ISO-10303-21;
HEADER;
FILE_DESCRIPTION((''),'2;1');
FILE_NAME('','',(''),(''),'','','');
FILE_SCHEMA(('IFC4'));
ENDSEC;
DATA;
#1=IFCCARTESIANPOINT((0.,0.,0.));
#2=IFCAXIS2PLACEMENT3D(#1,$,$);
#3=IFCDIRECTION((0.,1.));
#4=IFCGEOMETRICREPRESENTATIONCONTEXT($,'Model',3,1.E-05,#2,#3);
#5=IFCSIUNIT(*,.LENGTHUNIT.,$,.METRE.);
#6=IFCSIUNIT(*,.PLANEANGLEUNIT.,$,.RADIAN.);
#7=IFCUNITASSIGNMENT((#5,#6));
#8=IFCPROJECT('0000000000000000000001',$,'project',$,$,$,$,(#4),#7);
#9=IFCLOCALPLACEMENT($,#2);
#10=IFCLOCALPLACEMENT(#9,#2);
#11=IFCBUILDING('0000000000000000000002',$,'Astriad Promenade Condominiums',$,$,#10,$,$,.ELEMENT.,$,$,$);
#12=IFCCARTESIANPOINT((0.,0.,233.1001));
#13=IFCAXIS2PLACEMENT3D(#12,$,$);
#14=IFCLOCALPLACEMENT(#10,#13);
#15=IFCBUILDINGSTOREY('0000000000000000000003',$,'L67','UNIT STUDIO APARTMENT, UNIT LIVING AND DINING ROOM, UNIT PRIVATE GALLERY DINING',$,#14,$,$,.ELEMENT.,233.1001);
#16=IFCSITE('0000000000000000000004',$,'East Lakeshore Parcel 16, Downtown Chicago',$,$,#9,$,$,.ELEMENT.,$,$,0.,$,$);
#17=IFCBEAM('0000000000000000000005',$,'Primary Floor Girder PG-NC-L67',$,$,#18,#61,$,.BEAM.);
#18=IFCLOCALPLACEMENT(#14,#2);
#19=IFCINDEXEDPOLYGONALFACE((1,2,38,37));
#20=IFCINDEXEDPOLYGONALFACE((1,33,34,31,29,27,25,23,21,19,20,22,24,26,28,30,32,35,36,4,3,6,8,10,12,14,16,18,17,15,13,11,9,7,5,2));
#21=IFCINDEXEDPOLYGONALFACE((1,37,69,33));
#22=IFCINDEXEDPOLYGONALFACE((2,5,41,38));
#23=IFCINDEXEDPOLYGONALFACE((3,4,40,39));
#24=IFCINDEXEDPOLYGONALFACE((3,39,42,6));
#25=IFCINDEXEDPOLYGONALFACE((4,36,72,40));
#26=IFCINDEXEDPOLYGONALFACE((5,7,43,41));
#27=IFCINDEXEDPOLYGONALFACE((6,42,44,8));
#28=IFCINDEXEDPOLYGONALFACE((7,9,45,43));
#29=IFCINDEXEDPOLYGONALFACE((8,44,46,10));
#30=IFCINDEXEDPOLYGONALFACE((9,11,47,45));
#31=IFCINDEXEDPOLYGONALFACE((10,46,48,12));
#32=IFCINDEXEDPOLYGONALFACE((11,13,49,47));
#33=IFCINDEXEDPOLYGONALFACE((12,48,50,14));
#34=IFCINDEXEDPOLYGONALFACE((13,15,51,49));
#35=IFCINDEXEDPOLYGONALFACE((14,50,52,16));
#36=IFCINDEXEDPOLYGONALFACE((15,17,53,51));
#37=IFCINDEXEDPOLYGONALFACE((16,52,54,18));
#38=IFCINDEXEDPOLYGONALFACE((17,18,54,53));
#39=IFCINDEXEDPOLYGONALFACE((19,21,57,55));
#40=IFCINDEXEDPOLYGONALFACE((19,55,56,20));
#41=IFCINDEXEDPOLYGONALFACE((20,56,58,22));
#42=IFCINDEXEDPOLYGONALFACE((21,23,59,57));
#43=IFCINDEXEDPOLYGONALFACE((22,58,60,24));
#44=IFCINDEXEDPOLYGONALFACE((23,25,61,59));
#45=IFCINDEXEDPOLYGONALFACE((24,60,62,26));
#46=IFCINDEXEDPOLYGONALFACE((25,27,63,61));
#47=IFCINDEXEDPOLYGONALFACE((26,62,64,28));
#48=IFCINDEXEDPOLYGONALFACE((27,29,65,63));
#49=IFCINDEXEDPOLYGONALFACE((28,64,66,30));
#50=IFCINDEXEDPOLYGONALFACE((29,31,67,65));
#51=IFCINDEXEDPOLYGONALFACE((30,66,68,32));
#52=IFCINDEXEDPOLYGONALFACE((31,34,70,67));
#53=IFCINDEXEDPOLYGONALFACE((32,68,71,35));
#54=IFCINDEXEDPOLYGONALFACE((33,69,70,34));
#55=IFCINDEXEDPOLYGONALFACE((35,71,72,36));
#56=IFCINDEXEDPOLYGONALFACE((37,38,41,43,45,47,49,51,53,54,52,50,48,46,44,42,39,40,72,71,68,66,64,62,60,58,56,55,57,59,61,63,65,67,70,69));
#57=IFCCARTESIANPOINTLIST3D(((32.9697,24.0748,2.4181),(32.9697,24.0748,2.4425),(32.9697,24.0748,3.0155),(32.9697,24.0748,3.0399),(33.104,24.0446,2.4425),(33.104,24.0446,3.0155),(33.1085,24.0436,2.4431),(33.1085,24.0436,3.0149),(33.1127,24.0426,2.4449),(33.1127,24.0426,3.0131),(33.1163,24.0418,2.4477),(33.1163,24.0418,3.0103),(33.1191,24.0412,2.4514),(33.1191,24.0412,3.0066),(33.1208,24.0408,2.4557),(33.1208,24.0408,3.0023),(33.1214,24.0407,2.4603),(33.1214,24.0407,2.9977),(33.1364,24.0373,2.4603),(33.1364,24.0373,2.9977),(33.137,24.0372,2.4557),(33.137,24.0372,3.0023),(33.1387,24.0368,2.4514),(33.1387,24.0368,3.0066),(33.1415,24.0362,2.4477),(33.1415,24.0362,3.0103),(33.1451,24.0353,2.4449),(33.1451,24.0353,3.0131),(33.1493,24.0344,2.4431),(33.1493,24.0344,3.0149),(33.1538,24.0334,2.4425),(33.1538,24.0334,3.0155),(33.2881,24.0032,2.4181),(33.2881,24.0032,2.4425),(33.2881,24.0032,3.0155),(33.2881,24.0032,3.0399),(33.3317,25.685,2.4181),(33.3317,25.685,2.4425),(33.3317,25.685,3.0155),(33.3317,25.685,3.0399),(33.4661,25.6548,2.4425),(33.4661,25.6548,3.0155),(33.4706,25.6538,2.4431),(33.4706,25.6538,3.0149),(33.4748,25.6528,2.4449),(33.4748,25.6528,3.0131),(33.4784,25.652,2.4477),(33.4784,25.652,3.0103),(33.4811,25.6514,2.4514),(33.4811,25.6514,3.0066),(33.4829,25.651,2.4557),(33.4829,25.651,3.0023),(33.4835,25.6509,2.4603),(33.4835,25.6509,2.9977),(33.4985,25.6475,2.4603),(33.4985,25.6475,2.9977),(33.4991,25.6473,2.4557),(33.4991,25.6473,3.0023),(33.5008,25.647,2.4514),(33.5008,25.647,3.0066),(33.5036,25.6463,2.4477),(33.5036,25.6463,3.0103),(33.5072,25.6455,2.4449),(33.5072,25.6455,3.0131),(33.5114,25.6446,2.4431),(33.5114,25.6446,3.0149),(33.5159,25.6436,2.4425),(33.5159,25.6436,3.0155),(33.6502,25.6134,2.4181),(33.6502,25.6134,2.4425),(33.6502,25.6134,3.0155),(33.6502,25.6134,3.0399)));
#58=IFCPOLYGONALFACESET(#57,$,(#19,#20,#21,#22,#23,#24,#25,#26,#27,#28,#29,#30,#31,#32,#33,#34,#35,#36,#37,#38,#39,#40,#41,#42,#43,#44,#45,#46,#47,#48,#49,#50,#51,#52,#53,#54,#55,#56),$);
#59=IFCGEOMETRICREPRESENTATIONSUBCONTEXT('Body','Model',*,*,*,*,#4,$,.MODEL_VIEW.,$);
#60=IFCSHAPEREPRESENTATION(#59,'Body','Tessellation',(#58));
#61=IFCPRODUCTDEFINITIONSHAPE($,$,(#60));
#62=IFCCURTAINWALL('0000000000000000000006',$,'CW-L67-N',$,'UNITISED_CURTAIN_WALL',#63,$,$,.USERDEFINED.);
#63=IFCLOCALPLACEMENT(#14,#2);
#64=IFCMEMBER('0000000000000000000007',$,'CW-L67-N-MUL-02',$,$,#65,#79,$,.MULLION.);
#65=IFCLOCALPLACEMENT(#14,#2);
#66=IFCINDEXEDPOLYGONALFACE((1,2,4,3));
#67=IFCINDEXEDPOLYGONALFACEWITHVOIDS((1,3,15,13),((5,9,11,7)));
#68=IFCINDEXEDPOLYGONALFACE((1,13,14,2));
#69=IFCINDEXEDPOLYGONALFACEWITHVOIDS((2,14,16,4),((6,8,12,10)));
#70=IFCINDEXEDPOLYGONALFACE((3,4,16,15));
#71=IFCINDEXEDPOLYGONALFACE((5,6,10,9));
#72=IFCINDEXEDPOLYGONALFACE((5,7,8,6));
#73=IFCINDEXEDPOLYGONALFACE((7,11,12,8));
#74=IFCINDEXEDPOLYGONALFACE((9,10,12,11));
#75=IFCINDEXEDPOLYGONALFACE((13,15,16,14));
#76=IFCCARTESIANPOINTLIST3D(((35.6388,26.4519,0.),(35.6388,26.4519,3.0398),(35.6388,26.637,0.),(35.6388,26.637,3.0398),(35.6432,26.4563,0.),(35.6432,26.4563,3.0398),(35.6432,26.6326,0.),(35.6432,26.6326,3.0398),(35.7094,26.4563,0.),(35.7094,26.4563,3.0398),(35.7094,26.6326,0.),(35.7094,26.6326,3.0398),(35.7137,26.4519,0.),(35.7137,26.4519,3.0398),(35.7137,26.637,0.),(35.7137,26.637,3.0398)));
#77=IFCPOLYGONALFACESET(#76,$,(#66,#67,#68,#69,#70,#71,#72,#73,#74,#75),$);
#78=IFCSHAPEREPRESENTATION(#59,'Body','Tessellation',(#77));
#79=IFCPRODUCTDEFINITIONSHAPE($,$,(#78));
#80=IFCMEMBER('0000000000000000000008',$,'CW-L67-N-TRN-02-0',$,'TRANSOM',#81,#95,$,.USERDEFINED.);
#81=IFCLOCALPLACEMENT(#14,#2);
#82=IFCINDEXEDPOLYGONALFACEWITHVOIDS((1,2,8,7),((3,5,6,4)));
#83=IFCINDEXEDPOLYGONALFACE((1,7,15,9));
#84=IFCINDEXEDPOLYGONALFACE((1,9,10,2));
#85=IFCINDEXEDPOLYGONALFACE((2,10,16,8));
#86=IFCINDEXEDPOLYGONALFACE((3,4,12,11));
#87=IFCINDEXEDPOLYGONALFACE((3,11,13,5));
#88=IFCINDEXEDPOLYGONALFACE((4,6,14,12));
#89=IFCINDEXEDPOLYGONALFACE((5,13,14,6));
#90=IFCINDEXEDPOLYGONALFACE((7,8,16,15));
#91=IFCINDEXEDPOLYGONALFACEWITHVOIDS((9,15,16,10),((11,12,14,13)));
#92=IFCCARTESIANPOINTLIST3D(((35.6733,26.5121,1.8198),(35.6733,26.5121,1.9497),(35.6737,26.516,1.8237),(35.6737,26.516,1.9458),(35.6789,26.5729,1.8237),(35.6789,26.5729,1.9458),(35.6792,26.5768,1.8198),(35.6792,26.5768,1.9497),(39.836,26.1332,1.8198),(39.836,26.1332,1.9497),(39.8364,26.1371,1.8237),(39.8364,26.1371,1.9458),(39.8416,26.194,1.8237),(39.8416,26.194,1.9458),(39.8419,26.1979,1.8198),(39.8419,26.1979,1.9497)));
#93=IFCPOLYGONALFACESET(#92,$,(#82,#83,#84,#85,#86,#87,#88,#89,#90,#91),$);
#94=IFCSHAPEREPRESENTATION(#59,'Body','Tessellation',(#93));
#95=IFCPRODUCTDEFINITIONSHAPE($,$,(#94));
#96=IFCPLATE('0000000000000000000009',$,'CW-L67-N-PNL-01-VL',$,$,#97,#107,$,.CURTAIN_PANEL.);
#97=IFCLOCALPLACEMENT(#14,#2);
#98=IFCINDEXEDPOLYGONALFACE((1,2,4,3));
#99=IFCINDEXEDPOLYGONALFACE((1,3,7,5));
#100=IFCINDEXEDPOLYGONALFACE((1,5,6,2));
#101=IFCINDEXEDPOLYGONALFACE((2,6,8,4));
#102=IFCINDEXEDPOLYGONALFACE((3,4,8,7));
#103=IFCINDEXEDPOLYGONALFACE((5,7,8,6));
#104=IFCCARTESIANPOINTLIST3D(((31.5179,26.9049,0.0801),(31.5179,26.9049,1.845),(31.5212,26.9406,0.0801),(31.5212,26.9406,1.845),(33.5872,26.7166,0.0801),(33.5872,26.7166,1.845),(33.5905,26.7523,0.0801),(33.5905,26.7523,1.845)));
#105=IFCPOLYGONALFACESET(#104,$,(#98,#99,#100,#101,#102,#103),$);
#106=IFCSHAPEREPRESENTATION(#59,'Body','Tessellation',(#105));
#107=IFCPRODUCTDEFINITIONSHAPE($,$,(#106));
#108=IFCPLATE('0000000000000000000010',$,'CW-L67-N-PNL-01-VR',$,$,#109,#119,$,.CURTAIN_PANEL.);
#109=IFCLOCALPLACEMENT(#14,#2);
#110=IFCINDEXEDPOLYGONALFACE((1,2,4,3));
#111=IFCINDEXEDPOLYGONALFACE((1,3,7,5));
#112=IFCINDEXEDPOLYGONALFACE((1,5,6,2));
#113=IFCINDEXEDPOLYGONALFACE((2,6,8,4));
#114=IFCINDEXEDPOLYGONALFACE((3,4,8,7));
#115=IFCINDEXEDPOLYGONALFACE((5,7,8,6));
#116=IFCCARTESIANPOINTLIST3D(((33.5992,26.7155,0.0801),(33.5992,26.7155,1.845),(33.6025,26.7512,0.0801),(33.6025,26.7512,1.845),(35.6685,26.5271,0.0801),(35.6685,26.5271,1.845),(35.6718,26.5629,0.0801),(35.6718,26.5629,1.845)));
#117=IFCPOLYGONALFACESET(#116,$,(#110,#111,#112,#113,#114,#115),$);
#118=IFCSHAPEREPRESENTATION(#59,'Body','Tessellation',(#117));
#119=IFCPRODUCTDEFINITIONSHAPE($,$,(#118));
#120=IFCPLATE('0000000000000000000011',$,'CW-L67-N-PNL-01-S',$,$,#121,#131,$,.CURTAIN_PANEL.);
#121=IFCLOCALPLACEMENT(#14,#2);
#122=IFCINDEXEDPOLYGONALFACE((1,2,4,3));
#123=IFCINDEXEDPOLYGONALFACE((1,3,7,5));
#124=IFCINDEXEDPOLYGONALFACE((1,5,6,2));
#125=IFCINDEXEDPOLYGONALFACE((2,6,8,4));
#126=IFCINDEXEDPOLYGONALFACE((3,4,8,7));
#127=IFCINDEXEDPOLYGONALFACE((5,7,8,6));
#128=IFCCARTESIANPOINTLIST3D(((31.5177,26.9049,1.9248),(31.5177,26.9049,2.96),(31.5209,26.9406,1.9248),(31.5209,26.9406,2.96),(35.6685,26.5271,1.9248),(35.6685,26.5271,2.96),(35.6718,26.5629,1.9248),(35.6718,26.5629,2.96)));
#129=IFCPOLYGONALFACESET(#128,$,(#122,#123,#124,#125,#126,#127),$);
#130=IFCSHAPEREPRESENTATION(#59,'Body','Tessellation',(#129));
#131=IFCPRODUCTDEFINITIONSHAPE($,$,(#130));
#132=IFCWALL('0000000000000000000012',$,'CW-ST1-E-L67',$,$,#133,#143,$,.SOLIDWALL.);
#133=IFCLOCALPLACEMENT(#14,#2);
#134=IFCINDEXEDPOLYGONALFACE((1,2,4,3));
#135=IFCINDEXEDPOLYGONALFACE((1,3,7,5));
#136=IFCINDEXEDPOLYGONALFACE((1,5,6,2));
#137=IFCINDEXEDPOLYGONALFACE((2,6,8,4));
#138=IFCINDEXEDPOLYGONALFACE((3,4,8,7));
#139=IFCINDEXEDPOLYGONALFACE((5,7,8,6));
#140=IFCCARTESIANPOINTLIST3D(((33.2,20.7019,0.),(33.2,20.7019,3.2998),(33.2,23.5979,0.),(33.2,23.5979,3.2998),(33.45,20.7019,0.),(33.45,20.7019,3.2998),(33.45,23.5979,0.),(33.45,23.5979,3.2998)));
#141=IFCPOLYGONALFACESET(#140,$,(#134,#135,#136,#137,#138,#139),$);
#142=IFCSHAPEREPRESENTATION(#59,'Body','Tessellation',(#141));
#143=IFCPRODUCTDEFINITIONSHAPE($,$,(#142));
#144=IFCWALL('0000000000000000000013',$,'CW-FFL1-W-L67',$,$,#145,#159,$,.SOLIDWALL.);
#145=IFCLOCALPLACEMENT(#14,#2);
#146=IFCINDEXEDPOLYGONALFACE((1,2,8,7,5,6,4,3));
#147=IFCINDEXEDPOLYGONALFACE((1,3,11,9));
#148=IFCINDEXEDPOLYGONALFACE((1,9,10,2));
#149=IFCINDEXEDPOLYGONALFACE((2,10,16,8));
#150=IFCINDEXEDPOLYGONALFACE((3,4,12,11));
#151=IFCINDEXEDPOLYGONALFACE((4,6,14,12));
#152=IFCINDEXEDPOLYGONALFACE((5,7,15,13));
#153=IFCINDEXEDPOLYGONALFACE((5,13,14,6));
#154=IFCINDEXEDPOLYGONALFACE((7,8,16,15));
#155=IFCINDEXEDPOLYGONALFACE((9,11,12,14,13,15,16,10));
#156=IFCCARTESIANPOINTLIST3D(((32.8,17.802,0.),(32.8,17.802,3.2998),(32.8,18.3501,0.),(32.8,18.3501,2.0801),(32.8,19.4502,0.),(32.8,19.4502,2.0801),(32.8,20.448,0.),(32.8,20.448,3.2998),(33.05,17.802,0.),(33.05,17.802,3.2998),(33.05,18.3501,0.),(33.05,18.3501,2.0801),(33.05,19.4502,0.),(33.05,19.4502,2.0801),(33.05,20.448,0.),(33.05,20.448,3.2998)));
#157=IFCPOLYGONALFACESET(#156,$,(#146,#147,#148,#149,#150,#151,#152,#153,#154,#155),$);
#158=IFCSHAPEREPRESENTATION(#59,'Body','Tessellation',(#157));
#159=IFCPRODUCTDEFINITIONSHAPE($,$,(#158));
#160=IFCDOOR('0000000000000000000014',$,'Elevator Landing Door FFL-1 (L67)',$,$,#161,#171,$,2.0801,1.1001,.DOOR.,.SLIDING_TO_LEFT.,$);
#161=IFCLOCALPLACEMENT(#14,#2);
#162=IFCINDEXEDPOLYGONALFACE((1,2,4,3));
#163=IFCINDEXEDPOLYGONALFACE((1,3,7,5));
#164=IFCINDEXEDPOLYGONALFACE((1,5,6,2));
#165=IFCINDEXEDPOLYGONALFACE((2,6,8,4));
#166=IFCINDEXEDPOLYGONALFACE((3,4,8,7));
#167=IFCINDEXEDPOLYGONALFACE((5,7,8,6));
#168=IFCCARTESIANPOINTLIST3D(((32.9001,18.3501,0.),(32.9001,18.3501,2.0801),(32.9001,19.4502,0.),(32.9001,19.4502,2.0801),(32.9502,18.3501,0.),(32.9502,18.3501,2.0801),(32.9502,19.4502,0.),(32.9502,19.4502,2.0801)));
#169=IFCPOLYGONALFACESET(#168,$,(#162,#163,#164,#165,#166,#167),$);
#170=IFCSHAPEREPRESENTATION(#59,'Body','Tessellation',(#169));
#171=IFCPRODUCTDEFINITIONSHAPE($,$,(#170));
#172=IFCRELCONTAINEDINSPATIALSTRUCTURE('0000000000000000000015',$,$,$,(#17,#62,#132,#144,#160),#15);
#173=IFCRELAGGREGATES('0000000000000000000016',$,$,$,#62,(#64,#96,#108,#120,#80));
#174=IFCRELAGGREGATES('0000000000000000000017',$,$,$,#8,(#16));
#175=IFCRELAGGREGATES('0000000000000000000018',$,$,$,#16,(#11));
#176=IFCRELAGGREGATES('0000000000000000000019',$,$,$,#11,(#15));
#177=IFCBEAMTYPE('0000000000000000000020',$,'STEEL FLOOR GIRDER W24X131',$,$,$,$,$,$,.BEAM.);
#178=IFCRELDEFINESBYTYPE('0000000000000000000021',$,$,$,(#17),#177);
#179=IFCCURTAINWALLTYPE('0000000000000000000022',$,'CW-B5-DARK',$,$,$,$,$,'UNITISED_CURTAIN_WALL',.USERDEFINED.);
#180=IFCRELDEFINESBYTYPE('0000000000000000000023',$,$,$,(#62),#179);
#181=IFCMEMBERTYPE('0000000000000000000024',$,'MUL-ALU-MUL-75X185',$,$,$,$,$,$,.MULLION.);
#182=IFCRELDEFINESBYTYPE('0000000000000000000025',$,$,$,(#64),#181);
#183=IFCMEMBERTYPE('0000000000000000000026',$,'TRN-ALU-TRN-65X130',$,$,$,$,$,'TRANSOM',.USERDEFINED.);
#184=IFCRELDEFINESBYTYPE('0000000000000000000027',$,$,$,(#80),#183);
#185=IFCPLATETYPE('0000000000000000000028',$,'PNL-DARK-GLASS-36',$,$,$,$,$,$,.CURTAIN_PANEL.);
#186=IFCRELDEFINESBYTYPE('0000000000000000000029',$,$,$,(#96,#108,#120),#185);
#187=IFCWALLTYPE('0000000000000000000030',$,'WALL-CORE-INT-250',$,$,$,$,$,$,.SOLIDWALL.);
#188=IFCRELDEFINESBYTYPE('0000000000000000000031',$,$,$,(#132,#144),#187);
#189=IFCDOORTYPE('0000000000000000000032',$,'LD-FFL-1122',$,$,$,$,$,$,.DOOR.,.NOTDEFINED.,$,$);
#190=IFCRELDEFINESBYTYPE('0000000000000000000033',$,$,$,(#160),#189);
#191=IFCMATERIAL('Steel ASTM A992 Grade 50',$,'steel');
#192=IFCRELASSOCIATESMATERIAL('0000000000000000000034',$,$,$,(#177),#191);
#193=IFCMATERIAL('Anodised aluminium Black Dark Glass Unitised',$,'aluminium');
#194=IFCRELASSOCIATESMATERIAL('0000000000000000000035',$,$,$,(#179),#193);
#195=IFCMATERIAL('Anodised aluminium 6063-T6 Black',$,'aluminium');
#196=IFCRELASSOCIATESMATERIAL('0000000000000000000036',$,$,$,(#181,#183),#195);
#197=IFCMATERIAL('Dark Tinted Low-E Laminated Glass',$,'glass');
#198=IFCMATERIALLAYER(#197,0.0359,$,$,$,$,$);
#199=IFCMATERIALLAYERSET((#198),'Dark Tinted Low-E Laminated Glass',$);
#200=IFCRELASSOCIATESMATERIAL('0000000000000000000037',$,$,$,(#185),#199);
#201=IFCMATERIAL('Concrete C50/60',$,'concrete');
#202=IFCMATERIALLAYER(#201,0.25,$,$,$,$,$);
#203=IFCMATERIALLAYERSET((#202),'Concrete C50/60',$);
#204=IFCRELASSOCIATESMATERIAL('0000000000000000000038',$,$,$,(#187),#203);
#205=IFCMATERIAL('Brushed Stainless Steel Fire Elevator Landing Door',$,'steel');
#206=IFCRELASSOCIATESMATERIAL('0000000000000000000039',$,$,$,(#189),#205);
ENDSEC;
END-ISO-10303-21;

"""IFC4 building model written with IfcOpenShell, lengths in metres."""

from ifc_helpers import new_model, si_unit, direction, frame, frame_2d, origin, origin_2d, place, context, subcontext, project, spatial, rectangle, hollow_rectangle, i_section, extrude, source, transform, mapped, material, layer, layer_set, material_profile, profile_set, type_object, type_shapes, element, fill, aggregate, save


model = new_model("IFC4")

# Units and contexts
model_context = context("Model", 3, precision=1e-05, world=origin(), true_north=direction((0.0, 1.0)))
body_context = subcontext(model_context, "Body", "Model", "MODEL_VIEW")
ifc_project = project(units=[si_unit("LENGTHUNIT", "METRE"), si_unit("PLANEANGLEUNIT", "RADIAN")], contexts=[model_context])

# Site, building, storey
site_placement = place(None, origin())
site = spatial("IfcSite", under=ifc_project, at=site_placement, Name="East Lakeshore Parcel 16, Downtown Chicago", CompositionType="ELEMENT", RefElevation=0.0)
building_placement = place(site_placement, origin())
building = spatial("IfcBuilding", under=site, at=building_placement, Name="Astriad Promenade Condominiums", CompositionType="ELEMENT")
storey_placement = place(building_placement, frame((0.0, 0.0, 233.1001)))
storey = spatial("IfcBuildingStorey", under=building, at=storey_placement, Name="L67", Description="UNIT STUDIO APARTMENT, UNIT LIVING AND DINING ROOM, UNIT PRIVATE GALLERY DINING", CompositionType="ELEMENT", Elevation=233.1001)

# Shared definitions
ifc_material_1 = material(Name="Steel ASTM A992 Grade 50", Category="steel")
ifc_material_2 = material(Name="Concrete C50/60", Category="concrete")

# Beam
ifc_material_profile_1 = material_profile(ifc_material_1, i_section(OverallWidth=0.3264, OverallDepth=0.6218, WebThickness=0.0154, FlangeThickness=0.0244, FilletRadius=0.0178, at=origin_2d()), Name="W24X131")
ifc_profile_set_1 = profile_set([ifc_material_profile_1], Name="Steel ASTM A992 Grade 50")
beam_type_1 = type_object("IfcBeamType", Name="STEEL FLOOR GIRDER W24X131", PredefinedType="BEAM", material=ifc_profile_set_1)
shared_shape_1 = source(origin(), body_context, "Body", "SweptSolid", [
    extrude(i_section(OverallWidth=0.3264, OverallDepth=0.6218, WebThickness=0.0154, FlangeThickness=0.0244, FilletRadius=0.0178, at=origin_2d()), origin(), (0.0, 0.0, 1.0), 1.6504),
])
type_shapes(beam_type_1, [shared_shape_1])
beam_1_placement = place(storey_placement, frame((33.491, 25.6492, 2.729), z_axis=(-0.219389, -0.975637, 0.0), x_axis=(0.975637, -0.219389, 0.0)))
element("IfcBeam", 1, at=beam_1_placement, inside=storey, type_object=beam_type_1, Name="Primary Floor Girder PG-NC-L67", PredefinedType="BEAM", context=body_context, shape_type="MappedRepresentation", body=[
    mapped(shared_shape_1, transform((0.0, 0.0, 0.0), scale=1.0)),
])

# Curtain wall, members, plates
ifc_material_3 = material(Name="Anodised aluminium Black Dark Glass Unitised", Category="aluminium")
curtain_wall_type = type_object("IfcCurtainWallType", Name="CW-B5-DARK", ElementType="UNITISED_CURTAIN_WALL", PredefinedType="USERDEFINED", material=ifc_material_3)
curtain_wall_placement = place(storey_placement, origin())
curtain_wall = element("IfcCurtainWall", 2, at=curtain_wall_placement, inside=storey, type_object=curtain_wall_type, Name="CW-L67-N", ObjectType="UNITISED_CURTAIN_WALL", PredefinedType="USERDEFINED")
ifc_material_4 = material(Name="Anodised aluminium 6063-T6 Black", Category="aluminium")
ifc_material_profile_2 = material_profile(ifc_material_4, hollow_rectangle(XDim=0.075, YDim=0.1851, WallThickness=0.0044, at=origin_2d()), Name="ALU-MUL-75X185")
ifc_profile_set_2 = profile_set([ifc_material_profile_2], Name="Anodised aluminium 6063-T6 Black")
member_type_1 = type_object("IfcMemberType", Name="MUL-ALU-MUL-75X185", PredefinedType="MULLION", material=ifc_profile_set_2)
shared_shape_2 = source(origin(), body_context, "Body", "SweptSolid", [
    extrude(hollow_rectangle(XDim=0.075, YDim=0.1851, WallThickness=0.0044, at=origin_2d()), origin(), (0.0, 0.0, 1.0), 3.0398),
])
type_shapes(member_type_1, [shared_shape_2])
member_1_placement = place(storey_placement, frame((35.6763, 26.5444, 0.0), z_axis=(0.0, 0.0, 1.0), x_axis=(1.0, 0.0, 0.0)))
member_1 = element("IfcMember", 3, at=member_1_placement, type_object=member_type_1, Name="CW-L67-N-MUL-02", PredefinedType="MULLION", context=body_context, shape_type="MappedRepresentation", body=[
    mapped(shared_shape_2, transform((0.0, 0.0, 0.0), scale=1.0)),
])
ifc_material_profile_3 = material_profile(ifc_material_4, hollow_rectangle(XDim=0.0649, YDim=0.1299, WallThickness=0.0039, at=origin_2d()), Name="ALU-TRN-65X130")
ifc_profile_set_3 = profile_set([ifc_material_profile_3], Name="Anodised aluminium 6063-T6 Black")
member_type_2 = type_object("IfcMemberType", Name="TRN-ALU-TRN-65X130", ElementType="TRANSOM", PredefinedType="USERDEFINED", material=ifc_profile_set_3)
shared_shape_3 = source(origin(), body_context, "Body", "SweptSolid", [
    extrude(hollow_rectangle(XDim=0.0649, YDim=0.1299, WallThickness=0.0039, at=origin_2d()), origin(), (0.0, 0.0, 1.0), 4.1799),
])
type_shapes(member_type_2, [shared_shape_3])
member_2_placement = place(storey_placement, frame((35.6763, 26.5444, 1.8848), z_axis=(0.995883, -0.090646, 0.0), x_axis=(0.090646, 0.995883, 0.0)))
member_2 = element("IfcMember", 4, at=member_2_placement, type_object=member_type_2, Name="CW-L67-N-TRN-02-0", ObjectType="TRANSOM", PredefinedType="USERDEFINED", context=body_context, shape_type="MappedRepresentation", body=[
    mapped(shared_shape_3, transform((0.0, 0.0, 0.0), scale=1.0)),
])
ifc_material_5 = material(Name="Dark Tinted Low-E Laminated Glass", Category="glass")
ifc_layer_1 = layer(ifc_material_5, 0.0359)
ifc_layer_set_1 = layer_set([ifc_layer_1], Name="Dark Tinted Low-E Laminated Glass")
plate_type = type_object("IfcPlateType", Name="PNL-DARK-GLASS-36", PredefinedType="CURTAIN_PANEL", material=ifc_layer_set_1)
shared_shape_4 = source(origin(), body_context, "Body", "SweptSolid", [
    extrude(rectangle(XDim=2.0779, YDim=0.0359, at=origin_2d()), origin(), (0.0, 0.0, 1.0), 1.7649),
])
plate_1_placement = place(storey_placement, frame((32.5542, 26.8286, 0.0801), z_axis=(0.0, 0.0, 1.0), x_axis=(0.995884, -0.090633, 0.0)))
plate_1 = element("IfcPlate", 5, at=plate_1_placement, type_object=plate_type, Name="CW-L67-N-PNL-01-VL", PredefinedType="CURTAIN_PANEL", context=body_context, shape_type="MappedRepresentation", body=[
    mapped(shared_shape_4, transform((0.0, 0.0, 0.0), scale=1.0)),
])
plate_2_placement = place(storey_placement, frame((34.6355, 26.6392, 0.0801), z_axis=(0.0, 0.0, 1.0), x_axis=(0.995884, -0.090633, 0.0)))
plate_2 = element("IfcPlate", 6, at=plate_2_placement, type_object=plate_type, Name="CW-L67-N-PNL-01-VR", PredefinedType="CURTAIN_PANEL", context=body_context, shape_type="MappedRepresentation", body=[
    mapped(shared_shape_4, transform((0.0, 0.0, 0.0), scale=1.0)),
])
shared_shape_5 = source(origin(), body_context, "Body", "SweptSolid", [
    extrude(rectangle(XDim=4.168, YDim=0.0359, at=origin_2d()), origin(), (0.0, 0.0, 1.0), 1.0352),
])
type_shapes(plate_type, [shared_shape_4, shared_shape_5])
plate_3_placement = place(storey_placement, frame((33.5947, 26.7339, 1.9248), z_axis=(0.0, 0.0, 1.0), x_axis=(0.995884, -0.090633, 0.0)))
plate_3 = element("IfcPlate", 7, at=plate_3_placement, type_object=plate_type, Name="CW-L67-N-PNL-01-S", PredefinedType="CURTAIN_PANEL", context=body_context, shape_type="MappedRepresentation", body=[
    mapped(shared_shape_5, transform((0.0, 0.0, 0.0), scale=1.0)),
])
aggregate(curtain_wall, [member_1, plate_1, plate_2, plate_3, member_2])

# Wall
ifc_layer_2 = layer(ifc_material_2, 0.25)
ifc_layer_set_2 = layer_set([ifc_layer_2], Name="Concrete C50/60")
wall_type_1 = type_object("IfcWallType", Name="WALL-CORE-INT-250", PredefinedType="SOLIDWALL", material=ifc_layer_set_2)
wall_1_placement = place(storey_placement, frame((33.325, 20.7019, 0.0), z_axis=(0.0, 0.0, 1.0), x_axis=(0.0, 1.0, 0.0)))
element("IfcWall", 8, at=wall_1_placement, inside=storey, type_object=wall_type_1, Name="CW-ST1-E-L67", PredefinedType="SOLIDWALL", context=body_context, shape_type="SweptSolid", body=[
    extrude(rectangle(XDim=2.896, YDim=0.25, at=frame_2d((1.448, 0.0))), origin(), (0.0, 0.0, 1.0), 3.2998),
])

# Wall, opening, door
wall_2_placement = place(storey_placement, frame((32.925, 17.802, 0.0), z_axis=(0.0, 0.0, 1.0), x_axis=(0.0, 1.0, 0.0)))
wall_2 = element("IfcWall", 9, at=wall_2_placement, inside=storey, type_object=wall_type_1, Name="CW-FFL1-W-L67", PredefinedType="SOLIDWALL", context=body_context, shape_type="SweptSolid", body=[
    extrude(rectangle(XDim=2.646, YDim=0.25, at=frame_2d((1.323, 0.0))), origin(), (0.0, 0.0, 1.0), 3.2998),
])
opening_1_placement = place(wall_2_placement, frame((0.5481, 0.0, 0.0)))
opening_1 = element("IfcOpeningElement", 10, at=opening_1_placement, cuts=wall_2, PredefinedType="OPENING", context=body_context, shape_type="SweptSolid", body=[
    extrude(rectangle(XDim=1.1001, YDim=2.0801, at=frame_2d((0.55, 1.04))), frame((0.0, 0.135, 0.0), z_axis=(0.0, -1.0, 0.0), x_axis=(1.0, 0.0, 0.0)), (0.0, 0.0, 1.0), 0.27),
])
ifc_material_6 = material(Name="Brushed Stainless Steel Fire Elevator Landing Door", Category="steel")
door_type_1 = type_object("IfcDoorType", Name="LD-FFL-1122", OperationType="NOTDEFINED", PredefinedType="DOOR", material=ifc_material_6)
shared_shape_6 = source(origin(), body_context, "Body", "SweptSolid", [
    extrude(rectangle(XDim=1.1001, YDim=2.0801, at=frame_2d((0.55, 1.04))), frame((0.0, 0.0249, 0.0), z_axis=(0.0, -1.0, 0.0), x_axis=(1.0, 0.0, 0.0)), (0.0, 0.0, 1.0), 0.05),
])
type_shapes(door_type_1, [shared_shape_6])
door_1_placement = place(opening_1_placement, origin())
door_1 = element("IfcDoor", 11, at=door_1_placement, inside=storey, type_object=door_type_1, Name="Elevator Landing Door FFL-1 (L67)", OperationType="SLIDING_TO_LEFT", OverallHeight=2.0801, OverallWidth=1.1001, PredefinedType="DOOR", context=body_context, shape_type="MappedRepresentation", body=[
    mapped(shared_shape_6, transform((0.0, 0.0, 0.0), scale=1.0)),
])
fill(opening_1, door_1)

save(model, "model.ifc")
